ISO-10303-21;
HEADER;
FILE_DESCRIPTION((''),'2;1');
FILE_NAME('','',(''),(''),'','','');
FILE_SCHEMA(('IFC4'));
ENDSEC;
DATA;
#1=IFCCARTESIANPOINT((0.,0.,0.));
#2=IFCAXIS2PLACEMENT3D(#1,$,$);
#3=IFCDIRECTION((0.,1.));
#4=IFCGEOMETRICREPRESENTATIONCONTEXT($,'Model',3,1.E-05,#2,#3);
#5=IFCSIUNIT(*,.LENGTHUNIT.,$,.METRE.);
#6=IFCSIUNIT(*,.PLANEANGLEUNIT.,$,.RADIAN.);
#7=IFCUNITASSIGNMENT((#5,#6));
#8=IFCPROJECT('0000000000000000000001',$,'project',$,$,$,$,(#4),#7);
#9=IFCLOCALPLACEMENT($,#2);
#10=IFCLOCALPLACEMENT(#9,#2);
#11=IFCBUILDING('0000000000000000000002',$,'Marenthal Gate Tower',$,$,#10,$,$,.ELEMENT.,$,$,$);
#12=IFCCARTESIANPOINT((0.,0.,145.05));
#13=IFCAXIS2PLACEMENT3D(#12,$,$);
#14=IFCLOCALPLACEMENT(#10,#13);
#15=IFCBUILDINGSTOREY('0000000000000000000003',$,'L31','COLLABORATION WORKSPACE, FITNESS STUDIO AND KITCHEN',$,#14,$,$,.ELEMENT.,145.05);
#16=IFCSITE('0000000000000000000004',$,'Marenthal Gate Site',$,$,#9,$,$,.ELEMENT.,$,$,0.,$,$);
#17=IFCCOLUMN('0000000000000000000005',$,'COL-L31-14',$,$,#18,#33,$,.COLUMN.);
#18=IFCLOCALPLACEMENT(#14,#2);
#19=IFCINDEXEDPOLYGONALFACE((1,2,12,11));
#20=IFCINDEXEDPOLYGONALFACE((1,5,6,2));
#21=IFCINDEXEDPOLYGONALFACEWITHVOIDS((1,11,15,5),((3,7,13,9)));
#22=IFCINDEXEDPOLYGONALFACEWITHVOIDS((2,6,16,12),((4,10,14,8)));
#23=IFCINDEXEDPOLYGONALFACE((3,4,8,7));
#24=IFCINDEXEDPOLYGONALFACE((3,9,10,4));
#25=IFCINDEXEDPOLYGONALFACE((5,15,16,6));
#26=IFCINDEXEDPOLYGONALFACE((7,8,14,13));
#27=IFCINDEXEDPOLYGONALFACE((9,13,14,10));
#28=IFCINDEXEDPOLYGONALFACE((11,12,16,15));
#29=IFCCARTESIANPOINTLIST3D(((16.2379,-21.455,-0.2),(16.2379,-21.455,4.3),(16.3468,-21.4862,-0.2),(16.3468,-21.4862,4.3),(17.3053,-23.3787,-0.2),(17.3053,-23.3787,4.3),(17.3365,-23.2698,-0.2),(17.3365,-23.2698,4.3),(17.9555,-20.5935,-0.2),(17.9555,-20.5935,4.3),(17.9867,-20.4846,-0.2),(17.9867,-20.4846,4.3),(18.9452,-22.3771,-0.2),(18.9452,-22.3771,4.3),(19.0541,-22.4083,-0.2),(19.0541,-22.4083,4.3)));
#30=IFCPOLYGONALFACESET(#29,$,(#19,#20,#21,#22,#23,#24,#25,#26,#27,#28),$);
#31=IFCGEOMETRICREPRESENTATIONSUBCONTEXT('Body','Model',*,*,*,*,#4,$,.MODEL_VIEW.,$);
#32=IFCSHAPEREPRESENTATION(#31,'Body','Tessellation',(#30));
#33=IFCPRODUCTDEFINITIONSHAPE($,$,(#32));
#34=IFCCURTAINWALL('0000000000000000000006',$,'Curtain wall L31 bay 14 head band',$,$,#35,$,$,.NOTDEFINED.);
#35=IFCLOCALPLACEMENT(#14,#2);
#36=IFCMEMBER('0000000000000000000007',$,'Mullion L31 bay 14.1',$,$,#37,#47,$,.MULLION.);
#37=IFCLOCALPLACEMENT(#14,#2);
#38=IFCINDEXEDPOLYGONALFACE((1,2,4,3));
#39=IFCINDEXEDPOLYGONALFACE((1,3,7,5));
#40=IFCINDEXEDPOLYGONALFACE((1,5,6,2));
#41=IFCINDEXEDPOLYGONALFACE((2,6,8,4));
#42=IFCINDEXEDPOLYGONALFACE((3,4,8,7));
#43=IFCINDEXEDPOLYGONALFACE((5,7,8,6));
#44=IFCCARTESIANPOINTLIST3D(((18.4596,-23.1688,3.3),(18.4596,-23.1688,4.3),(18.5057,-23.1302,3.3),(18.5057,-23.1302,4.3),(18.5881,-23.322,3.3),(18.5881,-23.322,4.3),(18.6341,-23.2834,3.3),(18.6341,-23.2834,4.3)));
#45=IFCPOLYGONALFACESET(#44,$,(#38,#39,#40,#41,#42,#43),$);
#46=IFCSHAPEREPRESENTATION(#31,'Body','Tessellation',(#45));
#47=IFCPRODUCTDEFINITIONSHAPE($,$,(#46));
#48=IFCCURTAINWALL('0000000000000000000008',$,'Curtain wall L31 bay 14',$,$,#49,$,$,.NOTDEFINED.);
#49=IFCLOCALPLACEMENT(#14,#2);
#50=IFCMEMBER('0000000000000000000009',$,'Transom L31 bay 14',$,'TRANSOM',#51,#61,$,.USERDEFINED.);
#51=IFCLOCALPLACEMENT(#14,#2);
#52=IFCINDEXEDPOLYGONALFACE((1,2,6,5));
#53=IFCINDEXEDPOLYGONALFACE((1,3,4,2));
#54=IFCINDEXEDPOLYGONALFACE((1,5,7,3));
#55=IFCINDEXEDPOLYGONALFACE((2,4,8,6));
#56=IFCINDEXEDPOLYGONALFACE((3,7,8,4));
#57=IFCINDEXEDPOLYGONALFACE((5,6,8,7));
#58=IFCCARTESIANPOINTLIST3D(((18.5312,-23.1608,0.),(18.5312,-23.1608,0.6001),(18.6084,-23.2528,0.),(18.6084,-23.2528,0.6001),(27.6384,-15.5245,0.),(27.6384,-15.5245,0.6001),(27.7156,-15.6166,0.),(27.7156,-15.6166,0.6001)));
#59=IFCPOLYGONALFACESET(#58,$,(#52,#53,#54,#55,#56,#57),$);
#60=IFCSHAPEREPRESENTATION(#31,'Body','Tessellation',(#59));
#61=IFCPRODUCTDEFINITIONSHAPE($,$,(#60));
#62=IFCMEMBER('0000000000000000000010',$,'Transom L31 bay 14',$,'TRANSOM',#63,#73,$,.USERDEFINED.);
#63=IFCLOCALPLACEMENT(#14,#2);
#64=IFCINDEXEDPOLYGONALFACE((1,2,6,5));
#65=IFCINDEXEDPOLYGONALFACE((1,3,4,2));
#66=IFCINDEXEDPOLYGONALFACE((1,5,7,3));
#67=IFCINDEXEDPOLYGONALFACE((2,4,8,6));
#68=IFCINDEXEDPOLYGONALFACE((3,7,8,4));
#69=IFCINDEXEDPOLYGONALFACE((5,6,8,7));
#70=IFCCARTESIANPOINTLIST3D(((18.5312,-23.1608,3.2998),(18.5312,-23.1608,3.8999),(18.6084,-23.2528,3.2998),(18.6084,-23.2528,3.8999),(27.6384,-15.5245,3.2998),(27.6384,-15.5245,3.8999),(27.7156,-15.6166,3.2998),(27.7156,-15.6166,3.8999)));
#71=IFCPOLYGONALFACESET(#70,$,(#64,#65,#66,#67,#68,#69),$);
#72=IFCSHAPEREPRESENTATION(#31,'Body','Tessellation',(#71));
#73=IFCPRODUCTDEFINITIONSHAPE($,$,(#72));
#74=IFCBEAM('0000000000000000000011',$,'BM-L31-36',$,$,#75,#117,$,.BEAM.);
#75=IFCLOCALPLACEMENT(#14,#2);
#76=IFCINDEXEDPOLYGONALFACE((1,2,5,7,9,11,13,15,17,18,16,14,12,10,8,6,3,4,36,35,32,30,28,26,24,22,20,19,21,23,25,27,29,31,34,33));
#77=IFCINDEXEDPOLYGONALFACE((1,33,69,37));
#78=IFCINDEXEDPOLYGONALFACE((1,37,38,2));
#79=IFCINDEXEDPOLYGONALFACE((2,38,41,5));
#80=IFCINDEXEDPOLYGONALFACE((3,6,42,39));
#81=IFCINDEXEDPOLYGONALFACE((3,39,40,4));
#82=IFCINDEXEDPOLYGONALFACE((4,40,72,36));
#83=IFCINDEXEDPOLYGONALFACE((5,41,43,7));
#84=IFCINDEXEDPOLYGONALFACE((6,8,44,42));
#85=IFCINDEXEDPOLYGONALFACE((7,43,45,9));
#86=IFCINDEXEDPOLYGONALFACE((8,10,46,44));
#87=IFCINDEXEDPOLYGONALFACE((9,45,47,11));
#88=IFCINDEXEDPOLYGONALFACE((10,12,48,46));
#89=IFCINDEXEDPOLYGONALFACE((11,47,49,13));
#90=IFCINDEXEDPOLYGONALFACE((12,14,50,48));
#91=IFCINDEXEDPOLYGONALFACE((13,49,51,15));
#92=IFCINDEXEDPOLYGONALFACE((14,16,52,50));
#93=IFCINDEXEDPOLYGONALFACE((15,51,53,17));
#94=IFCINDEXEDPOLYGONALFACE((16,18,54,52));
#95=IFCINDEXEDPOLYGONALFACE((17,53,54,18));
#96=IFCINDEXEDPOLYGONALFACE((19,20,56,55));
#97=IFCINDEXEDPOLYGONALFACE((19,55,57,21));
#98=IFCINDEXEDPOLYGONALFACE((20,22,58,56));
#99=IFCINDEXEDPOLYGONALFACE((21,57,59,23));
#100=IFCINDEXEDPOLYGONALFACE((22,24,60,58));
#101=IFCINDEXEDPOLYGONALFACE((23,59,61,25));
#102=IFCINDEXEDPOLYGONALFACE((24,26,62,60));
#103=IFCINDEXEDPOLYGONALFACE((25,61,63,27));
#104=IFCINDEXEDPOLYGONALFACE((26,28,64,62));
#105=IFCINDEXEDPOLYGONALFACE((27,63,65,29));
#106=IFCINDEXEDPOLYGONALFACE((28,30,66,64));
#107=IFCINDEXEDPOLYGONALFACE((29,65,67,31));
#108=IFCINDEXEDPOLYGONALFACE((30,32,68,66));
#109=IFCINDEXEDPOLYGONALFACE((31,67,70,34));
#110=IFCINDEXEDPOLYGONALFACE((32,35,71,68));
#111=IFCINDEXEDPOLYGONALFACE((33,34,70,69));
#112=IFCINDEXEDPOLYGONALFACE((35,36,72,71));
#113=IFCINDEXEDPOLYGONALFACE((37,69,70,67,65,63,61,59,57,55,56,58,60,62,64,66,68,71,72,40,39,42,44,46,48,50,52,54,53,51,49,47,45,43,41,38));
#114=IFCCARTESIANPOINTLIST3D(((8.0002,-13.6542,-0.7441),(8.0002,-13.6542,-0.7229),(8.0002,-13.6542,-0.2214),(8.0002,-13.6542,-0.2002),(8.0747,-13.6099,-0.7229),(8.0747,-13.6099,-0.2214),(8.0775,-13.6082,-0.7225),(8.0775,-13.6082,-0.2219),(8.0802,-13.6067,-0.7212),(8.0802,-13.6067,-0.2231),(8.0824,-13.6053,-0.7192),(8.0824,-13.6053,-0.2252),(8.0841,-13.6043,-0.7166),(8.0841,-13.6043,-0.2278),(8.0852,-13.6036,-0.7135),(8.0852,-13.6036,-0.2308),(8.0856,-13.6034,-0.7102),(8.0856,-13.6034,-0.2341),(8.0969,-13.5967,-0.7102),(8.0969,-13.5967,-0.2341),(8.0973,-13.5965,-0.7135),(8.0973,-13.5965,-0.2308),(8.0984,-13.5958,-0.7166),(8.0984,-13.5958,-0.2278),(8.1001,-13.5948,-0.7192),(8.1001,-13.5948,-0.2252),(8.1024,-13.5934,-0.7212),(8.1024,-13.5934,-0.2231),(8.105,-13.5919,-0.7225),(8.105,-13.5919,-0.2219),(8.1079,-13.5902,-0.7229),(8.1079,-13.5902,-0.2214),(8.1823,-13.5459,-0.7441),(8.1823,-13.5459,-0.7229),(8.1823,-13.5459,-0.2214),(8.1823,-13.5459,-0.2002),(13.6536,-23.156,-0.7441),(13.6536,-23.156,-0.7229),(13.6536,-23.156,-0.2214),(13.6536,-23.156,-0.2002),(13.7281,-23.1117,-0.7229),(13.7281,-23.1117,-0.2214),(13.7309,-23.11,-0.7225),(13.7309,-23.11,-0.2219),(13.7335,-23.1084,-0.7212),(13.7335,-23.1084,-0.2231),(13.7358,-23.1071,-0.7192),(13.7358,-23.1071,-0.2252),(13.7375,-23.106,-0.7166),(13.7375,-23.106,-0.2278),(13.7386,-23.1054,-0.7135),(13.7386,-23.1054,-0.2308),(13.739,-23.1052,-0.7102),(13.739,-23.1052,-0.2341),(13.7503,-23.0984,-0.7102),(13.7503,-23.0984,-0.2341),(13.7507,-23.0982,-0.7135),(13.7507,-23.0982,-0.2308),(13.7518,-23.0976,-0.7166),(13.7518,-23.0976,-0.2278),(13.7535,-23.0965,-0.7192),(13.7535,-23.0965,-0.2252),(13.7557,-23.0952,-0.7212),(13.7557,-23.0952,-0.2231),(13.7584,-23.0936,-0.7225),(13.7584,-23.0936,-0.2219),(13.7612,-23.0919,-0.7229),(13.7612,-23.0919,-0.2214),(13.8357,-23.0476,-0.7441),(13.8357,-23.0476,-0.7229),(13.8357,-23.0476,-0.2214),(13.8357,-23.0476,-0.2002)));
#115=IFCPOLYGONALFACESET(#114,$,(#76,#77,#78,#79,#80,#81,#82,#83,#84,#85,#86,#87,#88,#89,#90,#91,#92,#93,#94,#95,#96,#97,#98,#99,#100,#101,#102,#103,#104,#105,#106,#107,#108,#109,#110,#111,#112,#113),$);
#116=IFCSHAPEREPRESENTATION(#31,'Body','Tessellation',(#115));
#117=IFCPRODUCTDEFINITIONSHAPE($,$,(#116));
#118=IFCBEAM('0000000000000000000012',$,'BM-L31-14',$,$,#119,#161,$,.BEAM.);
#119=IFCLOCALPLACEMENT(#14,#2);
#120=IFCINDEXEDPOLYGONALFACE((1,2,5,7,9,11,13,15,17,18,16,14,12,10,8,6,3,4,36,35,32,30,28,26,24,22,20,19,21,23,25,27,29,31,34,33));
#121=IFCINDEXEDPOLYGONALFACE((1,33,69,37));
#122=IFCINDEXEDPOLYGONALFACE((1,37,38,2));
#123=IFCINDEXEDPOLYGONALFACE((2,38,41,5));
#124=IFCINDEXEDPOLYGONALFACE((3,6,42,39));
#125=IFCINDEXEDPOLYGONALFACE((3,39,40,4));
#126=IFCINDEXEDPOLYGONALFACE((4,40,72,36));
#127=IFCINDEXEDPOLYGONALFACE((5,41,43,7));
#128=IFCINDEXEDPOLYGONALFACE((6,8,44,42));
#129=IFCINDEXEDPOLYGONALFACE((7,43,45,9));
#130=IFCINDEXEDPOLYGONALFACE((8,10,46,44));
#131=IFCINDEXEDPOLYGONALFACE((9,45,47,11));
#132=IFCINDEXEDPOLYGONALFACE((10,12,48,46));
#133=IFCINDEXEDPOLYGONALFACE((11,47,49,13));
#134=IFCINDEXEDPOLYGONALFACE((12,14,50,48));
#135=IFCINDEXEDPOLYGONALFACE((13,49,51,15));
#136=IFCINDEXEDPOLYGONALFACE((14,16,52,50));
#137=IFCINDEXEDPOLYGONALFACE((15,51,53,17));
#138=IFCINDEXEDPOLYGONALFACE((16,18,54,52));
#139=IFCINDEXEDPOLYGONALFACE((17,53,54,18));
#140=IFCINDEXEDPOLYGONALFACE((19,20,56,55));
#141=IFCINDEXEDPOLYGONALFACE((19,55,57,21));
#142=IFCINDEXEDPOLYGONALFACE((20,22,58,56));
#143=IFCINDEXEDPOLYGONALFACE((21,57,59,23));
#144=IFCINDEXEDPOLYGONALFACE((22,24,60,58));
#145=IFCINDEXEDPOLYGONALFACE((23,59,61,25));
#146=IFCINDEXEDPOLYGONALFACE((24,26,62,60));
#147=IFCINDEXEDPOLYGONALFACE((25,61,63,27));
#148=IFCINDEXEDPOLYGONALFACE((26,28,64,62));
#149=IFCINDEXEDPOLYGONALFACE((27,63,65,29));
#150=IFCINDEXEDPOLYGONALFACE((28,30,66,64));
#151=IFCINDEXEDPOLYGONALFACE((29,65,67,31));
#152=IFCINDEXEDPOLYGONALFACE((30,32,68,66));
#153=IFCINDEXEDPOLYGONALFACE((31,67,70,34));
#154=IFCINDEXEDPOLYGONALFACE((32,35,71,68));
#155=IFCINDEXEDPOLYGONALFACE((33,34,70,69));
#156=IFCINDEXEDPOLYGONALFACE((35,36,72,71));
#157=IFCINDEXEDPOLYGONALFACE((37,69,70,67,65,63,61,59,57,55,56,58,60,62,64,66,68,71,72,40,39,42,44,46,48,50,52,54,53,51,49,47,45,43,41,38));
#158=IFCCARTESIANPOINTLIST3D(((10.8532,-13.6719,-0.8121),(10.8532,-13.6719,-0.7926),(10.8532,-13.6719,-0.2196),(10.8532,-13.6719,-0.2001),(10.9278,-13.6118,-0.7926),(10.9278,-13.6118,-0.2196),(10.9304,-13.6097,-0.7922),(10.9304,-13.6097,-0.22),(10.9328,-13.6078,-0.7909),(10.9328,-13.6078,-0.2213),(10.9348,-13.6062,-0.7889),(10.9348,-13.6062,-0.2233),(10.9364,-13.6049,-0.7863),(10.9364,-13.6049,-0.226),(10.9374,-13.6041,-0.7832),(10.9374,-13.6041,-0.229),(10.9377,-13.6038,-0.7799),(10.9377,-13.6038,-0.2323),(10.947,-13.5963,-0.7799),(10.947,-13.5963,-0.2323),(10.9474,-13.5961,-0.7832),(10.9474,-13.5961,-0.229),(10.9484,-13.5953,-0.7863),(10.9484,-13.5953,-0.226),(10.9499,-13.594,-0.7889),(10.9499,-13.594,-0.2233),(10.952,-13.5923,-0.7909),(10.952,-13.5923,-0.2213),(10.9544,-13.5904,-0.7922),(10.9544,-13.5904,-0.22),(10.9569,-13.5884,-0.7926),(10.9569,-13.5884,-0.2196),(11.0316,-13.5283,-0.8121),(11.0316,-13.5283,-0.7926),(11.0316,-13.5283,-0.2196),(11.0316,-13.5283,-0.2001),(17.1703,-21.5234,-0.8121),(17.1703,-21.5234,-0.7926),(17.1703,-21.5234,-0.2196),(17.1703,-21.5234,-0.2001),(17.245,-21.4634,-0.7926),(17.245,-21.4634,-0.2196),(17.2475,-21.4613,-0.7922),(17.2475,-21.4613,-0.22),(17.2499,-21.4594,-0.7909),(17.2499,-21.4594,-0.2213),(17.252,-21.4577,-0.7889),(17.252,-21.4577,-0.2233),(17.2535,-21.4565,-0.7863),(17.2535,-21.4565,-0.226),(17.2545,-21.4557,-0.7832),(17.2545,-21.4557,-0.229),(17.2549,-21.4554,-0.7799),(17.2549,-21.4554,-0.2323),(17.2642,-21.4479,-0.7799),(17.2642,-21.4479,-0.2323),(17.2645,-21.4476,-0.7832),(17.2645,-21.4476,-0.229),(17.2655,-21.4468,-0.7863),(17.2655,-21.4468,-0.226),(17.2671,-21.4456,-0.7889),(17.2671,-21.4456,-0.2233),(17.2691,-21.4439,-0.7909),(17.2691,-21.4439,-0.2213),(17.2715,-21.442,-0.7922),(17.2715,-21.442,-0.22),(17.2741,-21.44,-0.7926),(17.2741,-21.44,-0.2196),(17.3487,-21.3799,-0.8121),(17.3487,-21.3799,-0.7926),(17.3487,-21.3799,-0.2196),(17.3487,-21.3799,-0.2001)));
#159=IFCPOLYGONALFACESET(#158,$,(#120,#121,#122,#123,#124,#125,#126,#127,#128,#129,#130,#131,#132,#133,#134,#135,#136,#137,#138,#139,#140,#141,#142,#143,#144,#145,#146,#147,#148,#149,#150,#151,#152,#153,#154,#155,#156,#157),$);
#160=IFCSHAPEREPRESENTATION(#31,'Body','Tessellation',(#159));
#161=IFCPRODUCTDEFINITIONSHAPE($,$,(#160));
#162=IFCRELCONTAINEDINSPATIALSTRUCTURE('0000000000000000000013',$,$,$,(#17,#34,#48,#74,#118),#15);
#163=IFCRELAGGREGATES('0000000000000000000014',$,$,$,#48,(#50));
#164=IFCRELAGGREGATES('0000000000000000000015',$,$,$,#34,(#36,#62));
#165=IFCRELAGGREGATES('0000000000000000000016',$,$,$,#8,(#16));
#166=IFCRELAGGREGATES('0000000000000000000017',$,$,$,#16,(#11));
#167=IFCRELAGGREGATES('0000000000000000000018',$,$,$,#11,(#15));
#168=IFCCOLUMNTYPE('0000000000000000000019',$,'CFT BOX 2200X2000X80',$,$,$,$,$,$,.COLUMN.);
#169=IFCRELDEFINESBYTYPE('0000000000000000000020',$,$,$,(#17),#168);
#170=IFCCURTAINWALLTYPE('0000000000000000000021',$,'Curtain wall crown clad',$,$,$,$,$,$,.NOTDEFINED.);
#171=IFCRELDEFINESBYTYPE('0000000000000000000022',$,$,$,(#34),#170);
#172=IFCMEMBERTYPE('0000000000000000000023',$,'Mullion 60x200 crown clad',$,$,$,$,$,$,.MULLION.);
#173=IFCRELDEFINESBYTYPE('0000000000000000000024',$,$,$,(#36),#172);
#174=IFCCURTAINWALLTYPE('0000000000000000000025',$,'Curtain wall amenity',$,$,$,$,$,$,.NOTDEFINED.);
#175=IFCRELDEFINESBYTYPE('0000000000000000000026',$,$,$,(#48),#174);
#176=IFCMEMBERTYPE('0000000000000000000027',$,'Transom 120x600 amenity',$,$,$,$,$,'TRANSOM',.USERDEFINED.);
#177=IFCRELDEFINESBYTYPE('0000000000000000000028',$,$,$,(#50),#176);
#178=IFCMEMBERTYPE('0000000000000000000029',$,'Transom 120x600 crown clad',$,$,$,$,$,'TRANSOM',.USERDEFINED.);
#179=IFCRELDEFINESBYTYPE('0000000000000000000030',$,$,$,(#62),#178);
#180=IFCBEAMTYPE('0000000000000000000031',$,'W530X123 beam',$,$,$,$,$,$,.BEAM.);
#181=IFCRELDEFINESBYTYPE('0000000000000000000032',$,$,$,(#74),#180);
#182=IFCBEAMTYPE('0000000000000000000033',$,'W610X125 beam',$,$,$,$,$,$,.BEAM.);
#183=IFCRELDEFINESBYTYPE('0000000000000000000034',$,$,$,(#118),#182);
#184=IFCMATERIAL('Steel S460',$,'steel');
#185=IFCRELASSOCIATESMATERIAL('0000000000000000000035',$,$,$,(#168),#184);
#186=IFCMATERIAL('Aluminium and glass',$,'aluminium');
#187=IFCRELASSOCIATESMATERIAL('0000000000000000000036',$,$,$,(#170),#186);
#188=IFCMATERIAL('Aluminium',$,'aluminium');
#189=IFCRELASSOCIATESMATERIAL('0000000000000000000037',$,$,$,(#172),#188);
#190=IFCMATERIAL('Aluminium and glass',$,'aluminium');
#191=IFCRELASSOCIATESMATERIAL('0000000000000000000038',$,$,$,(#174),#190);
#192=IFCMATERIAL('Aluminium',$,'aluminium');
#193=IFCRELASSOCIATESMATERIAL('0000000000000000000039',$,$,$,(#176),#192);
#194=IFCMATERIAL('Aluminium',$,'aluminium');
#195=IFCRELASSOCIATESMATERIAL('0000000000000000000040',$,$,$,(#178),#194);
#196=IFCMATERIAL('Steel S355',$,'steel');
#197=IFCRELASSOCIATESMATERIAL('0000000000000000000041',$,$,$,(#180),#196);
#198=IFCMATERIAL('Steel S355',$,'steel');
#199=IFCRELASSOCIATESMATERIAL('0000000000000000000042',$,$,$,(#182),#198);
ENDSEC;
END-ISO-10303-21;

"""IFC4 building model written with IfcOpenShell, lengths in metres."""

from ifc_helpers import new_model, si_unit, direction, frame, origin, origin_2d, place, context, subcontext, project, spatial, rectangle, hollow_rectangle, i_section, extrude, material, material_profile, profile_set, type_object, element, aggregate, save


model = new_model("IFC4")

# Units and contexts
model_context = context("Model", 3, precision=1e-05, world=origin(), true_north=direction((0.0, 1.0)))
body_context = subcontext(model_context, "Body", "Model", "MODEL_VIEW")
ifc_project = project(units=[si_unit("LENGTHUNIT", "METRE"), si_unit("PLANEANGLEUNIT", "RADIAN")], contexts=[model_context])

# Site, building, storey
site_placement = place(None, origin())
site = spatial("IfcSite", under=ifc_project, at=site_placement, Name="Marenthal Gate Site", CompositionType="ELEMENT", RefElevation=0.0)
building_placement = place(site_placement, origin())
building = spatial("IfcBuilding", under=site, at=building_placement, Name="Marenthal Gate Tower", CompositionType="ELEMENT")
storey_placement = place(building_placement, frame((0.0, 0.0, 145.05)))
storey = spatial("IfcBuildingStorey", under=building, at=storey_placement, Name="L31", Description="COLLABORATION WORKSPACE, FITNESS STUDIO AND KITCHEN", CompositionType="ELEMENT", Elevation=145.05)

# Column
ifc_material_1 = material(Name="Steel S460", Category="steel")
ifc_material_profile_1 = material_profile(ifc_material_1, hollow_rectangle(XDim=2.0, YDim=2.2, WallThickness=0.0801, at=origin_2d()), Name="CFT BOX 2200X2000X80")
ifc_material_2 = material(Name="Concrete 70 MPa", Category="concrete")
ifc_material_profile_2 = material_profile(ifc_material_2, rectangle(XDim=1.8401, YDim=2.04, at=origin_2d()), Name="CFT BOX 2200X2000X80 INFILL")
ifc_profile_set_1 = profile_set([ifc_material_profile_1, ifc_material_profile_2], Name="Steel S460 shell, Concrete 70 MPa infill")
column_type = type_object("IfcColumnType", Name="CFT BOX 2200X2000X80", PredefinedType="COLUMN", material=ifc_profile_set_1)
column_placement = place(storey_placement, frame((17.646, -21.9316, -0.2), z_axis=(0.0, 0.0, 1.0), x_axis=(-0.874403, -0.4852, 0.0)))
element("IfcColumn", 1, at=column_placement, inside=storey, type_object=column_type, Name="COL-L31-14", PredefinedType="COLUMN", context=body_context, shape_type="SweptSolid", body=[
    extrude(hollow_rectangle(XDim=2.0, YDim=2.2, WallThickness=0.0801, at=origin_2d()), origin(), (0.0, 0.0, 1.0), 4.5),
])

# Curtain walls, members
ifc_material_3 = material(Name="Aluminium and glass", Category="aluminium")
curtain_wall_type_1 = type_object("IfcCurtainWallType", Name="Curtain wall crown clad", PredefinedType="NOTDEFINED", material=ifc_material_3)
curtain_wall_1_placement = place(storey_placement, origin())
curtain_wall_1 = element("IfcCurtainWall", 2, at=curtain_wall_1_placement, inside=storey, type_object=curtain_wall_type_1, Name="Curtain wall L31 bay 14 head band", PredefinedType="NOTDEFINED")
ifc_material_4 = material(Name="Aluminium", Category="aluminium")
ifc_material_profile_3 = material_profile(ifc_material_4, rectangle(XDim=0.2, YDim=0.0601, at=origin_2d()), Name="60x200 aluminium mullion")
ifc_profile_set_2 = profile_set([ifc_material_profile_3], Name="Aluminium")
member_type_1 = type_object("IfcMemberType", Name="Mullion 60x200 crown clad", PredefinedType="MULLION", material=ifc_profile_set_2)
member_1_placement = place(storey_placement, frame((18.5469, -23.2261, 3.3), z_axis=(0.0, 0.0, 1.0), x_axis=(-0.642511, 0.766277, 0.0)))
member_1 = element("IfcMember", 3, at=member_1_placement, type_object=member_type_1, Name="Mullion L31 bay 14.1", PredefinedType="MULLION", context=body_context, shape_type="SweptSolid", body=[
    extrude(rectangle(XDim=0.2, YDim=0.0601, at=origin_2d()), origin(), (0.0, 0.0, 1.0), 1.0),
])
ifc_material_5 = material(Name="Aluminium and glass", Category="aluminium")
curtain_wall_type_2 = type_object("IfcCurtainWallType", Name="Curtain wall amenity", PredefinedType="NOTDEFINED", material=ifc_material_5)
curtain_wall_2_placement = place(storey_placement, origin())
curtain_wall_2 = element("IfcCurtainWall", 4, at=curtain_wall_2_placement, inside=storey, type_object=curtain_wall_type_2, Name="Curtain wall L31 bay 14", PredefinedType="NOTDEFINED")
ifc_material_6 = material(Name="Aluminium", Category="aluminium")
ifc_material_profile_4 = material_profile(ifc_material_6, rectangle(XDim=0.1201, YDim=0.6001, at=origin_2d()), Name="120x600 aluminium transom")
ifc_profile_set_3 = profile_set([ifc_material_profile_4], Name="Aluminium")
member_type_2 = type_object("IfcMemberType", Name="Transom 120x600 amenity", ElementType="TRANSOM", PredefinedType="USERDEFINED", material=ifc_profile_set_3)
member_2_placement = place(storey_placement, frame((18.5698, -23.2068, 0.3), z_axis=(0.766276, 0.642511, 0.0), x_axis=(-0.642511, 0.766276, 0.0)))
member_2 = element("IfcMember", 5, at=member_2_placement, type_object=member_type_2, Name="Transom L31 bay 14", ObjectType="TRANSOM", PredefinedType="USERDEFINED", context=body_context, shape_type="SweptSolid", body=[
    extrude(rectangle(XDim=0.1201, YDim=0.6001, at=origin_2d()), origin(), (0.0, 0.0, 1.0), 11.885),
])
aggregate(curtain_wall_2, [member_2])

# Member
ifc_material_7 = material(Name="Aluminium", Category="aluminium")
ifc_material_profile_5 = material_profile(ifc_material_7, rectangle(XDim=0.1201, YDim=0.6001, at=origin_2d()), Name="120x600 aluminium transom")
ifc_profile_set_4 = profile_set([ifc_material_profile_5], Name="Aluminium")
member_type_3 = type_object("IfcMemberType", Name="Transom 120x600 crown clad", ElementType="TRANSOM", PredefinedType="USERDEFINED", material=ifc_profile_set_4)
member_3_placement = place(storey_placement, frame((18.5698, -23.2068, 3.5999), z_axis=(0.766276, 0.642511, 0.0), x_axis=(-0.642511, 0.766276, 0.0)))
member_3 = element("IfcMember", 6, at=member_3_placement, type_object=member_type_3, Name="Transom L31 bay 14", ObjectType="TRANSOM", PredefinedType="USERDEFINED", context=body_context, shape_type="SweptSolid", body=[
    extrude(rectangle(XDim=0.1201, YDim=0.6001, at=origin_2d()), origin(), (0.0, 0.0, 1.0), 11.885),
])
aggregate(curtain_wall_1, [member_1, member_3])

# Beams
ifc_material_8 = material(Name="Steel S355", Category="steel")
ifc_material_profile_6 = material_profile(ifc_material_8, i_section(OverallWidth=0.2119, OverallDepth=0.5439, WebThickness=0.0132, FlangeThickness=0.0212, FilletRadius=0.0127, at=origin_2d()), Name="W530X123")
ifc_profile_set_5 = profile_set([ifc_material_profile_6], Name="Steel S355")
beam_type_1 = type_object("IfcBeamType", Name="W530X123 beam", PredefinedType="BEAM", material=ifc_profile_set_5)
beam_1_placement = place(storey_placement, frame((13.7446, -23.1018, -0.4722), z_axis=(-0.51132, 0.859391, 0.0), x_axis=(-0.859391, -0.51132, 0.0)))
element("IfcBeam", 7, at=beam_1_placement, inside=storey, type_object=beam_type_1, Name="BM-L31-36", PredefinedType="BEAM", context=body_context, shape_type="SweptSolid", body=[
    extrude(i_section(OverallWidth=0.2119, OverallDepth=0.5439, WebThickness=0.0132, FlangeThickness=0.0212, FilletRadius=0.0127, at=origin_2d()), origin(), (0.0, 0.0, 1.0), 11.0564),
])
ifc_material_9 = material(Name="Steel S355", Category="steel")
ifc_material_profile_7 = material_profile(ifc_material_9, i_section(OverallWidth=0.229, OverallDepth=0.6121, WebThickness=0.012, FlangeThickness=0.0195, FilletRadius=0.0127, at=origin_2d()), Name="W610X125")
ifc_profile_set_6 = profile_set([ifc_material_profile_7], Name="Steel S355")
beam_type_2 = type_object("IfcBeamType", Name="W610X125 beam", PredefinedType="BEAM", material=ifc_profile_set_6)
beam_2_placement = place(storey_placement, frame((17.2595, -21.4517, -0.5061), z_axis=(-0.626864, 0.779129, 0.0), x_axis=(-0.779129, -0.626864, 0.0)))
element("IfcBeam", 8, at=beam_2_placement, inside=storey, type_object=beam_type_2, Name="BM-L31-14", PredefinedType="BEAM", context=body_context, shape_type="SweptSolid", body=[
    extrude(i_section(OverallWidth=0.229, OverallDepth=0.6121, WebThickness=0.012, FlangeThickness=0.0195, FilletRadius=0.0127, at=origin_2d()), origin(), (0.0, 0.0, 1.0), 10.0774),
])

save(model, "model.ifc")
